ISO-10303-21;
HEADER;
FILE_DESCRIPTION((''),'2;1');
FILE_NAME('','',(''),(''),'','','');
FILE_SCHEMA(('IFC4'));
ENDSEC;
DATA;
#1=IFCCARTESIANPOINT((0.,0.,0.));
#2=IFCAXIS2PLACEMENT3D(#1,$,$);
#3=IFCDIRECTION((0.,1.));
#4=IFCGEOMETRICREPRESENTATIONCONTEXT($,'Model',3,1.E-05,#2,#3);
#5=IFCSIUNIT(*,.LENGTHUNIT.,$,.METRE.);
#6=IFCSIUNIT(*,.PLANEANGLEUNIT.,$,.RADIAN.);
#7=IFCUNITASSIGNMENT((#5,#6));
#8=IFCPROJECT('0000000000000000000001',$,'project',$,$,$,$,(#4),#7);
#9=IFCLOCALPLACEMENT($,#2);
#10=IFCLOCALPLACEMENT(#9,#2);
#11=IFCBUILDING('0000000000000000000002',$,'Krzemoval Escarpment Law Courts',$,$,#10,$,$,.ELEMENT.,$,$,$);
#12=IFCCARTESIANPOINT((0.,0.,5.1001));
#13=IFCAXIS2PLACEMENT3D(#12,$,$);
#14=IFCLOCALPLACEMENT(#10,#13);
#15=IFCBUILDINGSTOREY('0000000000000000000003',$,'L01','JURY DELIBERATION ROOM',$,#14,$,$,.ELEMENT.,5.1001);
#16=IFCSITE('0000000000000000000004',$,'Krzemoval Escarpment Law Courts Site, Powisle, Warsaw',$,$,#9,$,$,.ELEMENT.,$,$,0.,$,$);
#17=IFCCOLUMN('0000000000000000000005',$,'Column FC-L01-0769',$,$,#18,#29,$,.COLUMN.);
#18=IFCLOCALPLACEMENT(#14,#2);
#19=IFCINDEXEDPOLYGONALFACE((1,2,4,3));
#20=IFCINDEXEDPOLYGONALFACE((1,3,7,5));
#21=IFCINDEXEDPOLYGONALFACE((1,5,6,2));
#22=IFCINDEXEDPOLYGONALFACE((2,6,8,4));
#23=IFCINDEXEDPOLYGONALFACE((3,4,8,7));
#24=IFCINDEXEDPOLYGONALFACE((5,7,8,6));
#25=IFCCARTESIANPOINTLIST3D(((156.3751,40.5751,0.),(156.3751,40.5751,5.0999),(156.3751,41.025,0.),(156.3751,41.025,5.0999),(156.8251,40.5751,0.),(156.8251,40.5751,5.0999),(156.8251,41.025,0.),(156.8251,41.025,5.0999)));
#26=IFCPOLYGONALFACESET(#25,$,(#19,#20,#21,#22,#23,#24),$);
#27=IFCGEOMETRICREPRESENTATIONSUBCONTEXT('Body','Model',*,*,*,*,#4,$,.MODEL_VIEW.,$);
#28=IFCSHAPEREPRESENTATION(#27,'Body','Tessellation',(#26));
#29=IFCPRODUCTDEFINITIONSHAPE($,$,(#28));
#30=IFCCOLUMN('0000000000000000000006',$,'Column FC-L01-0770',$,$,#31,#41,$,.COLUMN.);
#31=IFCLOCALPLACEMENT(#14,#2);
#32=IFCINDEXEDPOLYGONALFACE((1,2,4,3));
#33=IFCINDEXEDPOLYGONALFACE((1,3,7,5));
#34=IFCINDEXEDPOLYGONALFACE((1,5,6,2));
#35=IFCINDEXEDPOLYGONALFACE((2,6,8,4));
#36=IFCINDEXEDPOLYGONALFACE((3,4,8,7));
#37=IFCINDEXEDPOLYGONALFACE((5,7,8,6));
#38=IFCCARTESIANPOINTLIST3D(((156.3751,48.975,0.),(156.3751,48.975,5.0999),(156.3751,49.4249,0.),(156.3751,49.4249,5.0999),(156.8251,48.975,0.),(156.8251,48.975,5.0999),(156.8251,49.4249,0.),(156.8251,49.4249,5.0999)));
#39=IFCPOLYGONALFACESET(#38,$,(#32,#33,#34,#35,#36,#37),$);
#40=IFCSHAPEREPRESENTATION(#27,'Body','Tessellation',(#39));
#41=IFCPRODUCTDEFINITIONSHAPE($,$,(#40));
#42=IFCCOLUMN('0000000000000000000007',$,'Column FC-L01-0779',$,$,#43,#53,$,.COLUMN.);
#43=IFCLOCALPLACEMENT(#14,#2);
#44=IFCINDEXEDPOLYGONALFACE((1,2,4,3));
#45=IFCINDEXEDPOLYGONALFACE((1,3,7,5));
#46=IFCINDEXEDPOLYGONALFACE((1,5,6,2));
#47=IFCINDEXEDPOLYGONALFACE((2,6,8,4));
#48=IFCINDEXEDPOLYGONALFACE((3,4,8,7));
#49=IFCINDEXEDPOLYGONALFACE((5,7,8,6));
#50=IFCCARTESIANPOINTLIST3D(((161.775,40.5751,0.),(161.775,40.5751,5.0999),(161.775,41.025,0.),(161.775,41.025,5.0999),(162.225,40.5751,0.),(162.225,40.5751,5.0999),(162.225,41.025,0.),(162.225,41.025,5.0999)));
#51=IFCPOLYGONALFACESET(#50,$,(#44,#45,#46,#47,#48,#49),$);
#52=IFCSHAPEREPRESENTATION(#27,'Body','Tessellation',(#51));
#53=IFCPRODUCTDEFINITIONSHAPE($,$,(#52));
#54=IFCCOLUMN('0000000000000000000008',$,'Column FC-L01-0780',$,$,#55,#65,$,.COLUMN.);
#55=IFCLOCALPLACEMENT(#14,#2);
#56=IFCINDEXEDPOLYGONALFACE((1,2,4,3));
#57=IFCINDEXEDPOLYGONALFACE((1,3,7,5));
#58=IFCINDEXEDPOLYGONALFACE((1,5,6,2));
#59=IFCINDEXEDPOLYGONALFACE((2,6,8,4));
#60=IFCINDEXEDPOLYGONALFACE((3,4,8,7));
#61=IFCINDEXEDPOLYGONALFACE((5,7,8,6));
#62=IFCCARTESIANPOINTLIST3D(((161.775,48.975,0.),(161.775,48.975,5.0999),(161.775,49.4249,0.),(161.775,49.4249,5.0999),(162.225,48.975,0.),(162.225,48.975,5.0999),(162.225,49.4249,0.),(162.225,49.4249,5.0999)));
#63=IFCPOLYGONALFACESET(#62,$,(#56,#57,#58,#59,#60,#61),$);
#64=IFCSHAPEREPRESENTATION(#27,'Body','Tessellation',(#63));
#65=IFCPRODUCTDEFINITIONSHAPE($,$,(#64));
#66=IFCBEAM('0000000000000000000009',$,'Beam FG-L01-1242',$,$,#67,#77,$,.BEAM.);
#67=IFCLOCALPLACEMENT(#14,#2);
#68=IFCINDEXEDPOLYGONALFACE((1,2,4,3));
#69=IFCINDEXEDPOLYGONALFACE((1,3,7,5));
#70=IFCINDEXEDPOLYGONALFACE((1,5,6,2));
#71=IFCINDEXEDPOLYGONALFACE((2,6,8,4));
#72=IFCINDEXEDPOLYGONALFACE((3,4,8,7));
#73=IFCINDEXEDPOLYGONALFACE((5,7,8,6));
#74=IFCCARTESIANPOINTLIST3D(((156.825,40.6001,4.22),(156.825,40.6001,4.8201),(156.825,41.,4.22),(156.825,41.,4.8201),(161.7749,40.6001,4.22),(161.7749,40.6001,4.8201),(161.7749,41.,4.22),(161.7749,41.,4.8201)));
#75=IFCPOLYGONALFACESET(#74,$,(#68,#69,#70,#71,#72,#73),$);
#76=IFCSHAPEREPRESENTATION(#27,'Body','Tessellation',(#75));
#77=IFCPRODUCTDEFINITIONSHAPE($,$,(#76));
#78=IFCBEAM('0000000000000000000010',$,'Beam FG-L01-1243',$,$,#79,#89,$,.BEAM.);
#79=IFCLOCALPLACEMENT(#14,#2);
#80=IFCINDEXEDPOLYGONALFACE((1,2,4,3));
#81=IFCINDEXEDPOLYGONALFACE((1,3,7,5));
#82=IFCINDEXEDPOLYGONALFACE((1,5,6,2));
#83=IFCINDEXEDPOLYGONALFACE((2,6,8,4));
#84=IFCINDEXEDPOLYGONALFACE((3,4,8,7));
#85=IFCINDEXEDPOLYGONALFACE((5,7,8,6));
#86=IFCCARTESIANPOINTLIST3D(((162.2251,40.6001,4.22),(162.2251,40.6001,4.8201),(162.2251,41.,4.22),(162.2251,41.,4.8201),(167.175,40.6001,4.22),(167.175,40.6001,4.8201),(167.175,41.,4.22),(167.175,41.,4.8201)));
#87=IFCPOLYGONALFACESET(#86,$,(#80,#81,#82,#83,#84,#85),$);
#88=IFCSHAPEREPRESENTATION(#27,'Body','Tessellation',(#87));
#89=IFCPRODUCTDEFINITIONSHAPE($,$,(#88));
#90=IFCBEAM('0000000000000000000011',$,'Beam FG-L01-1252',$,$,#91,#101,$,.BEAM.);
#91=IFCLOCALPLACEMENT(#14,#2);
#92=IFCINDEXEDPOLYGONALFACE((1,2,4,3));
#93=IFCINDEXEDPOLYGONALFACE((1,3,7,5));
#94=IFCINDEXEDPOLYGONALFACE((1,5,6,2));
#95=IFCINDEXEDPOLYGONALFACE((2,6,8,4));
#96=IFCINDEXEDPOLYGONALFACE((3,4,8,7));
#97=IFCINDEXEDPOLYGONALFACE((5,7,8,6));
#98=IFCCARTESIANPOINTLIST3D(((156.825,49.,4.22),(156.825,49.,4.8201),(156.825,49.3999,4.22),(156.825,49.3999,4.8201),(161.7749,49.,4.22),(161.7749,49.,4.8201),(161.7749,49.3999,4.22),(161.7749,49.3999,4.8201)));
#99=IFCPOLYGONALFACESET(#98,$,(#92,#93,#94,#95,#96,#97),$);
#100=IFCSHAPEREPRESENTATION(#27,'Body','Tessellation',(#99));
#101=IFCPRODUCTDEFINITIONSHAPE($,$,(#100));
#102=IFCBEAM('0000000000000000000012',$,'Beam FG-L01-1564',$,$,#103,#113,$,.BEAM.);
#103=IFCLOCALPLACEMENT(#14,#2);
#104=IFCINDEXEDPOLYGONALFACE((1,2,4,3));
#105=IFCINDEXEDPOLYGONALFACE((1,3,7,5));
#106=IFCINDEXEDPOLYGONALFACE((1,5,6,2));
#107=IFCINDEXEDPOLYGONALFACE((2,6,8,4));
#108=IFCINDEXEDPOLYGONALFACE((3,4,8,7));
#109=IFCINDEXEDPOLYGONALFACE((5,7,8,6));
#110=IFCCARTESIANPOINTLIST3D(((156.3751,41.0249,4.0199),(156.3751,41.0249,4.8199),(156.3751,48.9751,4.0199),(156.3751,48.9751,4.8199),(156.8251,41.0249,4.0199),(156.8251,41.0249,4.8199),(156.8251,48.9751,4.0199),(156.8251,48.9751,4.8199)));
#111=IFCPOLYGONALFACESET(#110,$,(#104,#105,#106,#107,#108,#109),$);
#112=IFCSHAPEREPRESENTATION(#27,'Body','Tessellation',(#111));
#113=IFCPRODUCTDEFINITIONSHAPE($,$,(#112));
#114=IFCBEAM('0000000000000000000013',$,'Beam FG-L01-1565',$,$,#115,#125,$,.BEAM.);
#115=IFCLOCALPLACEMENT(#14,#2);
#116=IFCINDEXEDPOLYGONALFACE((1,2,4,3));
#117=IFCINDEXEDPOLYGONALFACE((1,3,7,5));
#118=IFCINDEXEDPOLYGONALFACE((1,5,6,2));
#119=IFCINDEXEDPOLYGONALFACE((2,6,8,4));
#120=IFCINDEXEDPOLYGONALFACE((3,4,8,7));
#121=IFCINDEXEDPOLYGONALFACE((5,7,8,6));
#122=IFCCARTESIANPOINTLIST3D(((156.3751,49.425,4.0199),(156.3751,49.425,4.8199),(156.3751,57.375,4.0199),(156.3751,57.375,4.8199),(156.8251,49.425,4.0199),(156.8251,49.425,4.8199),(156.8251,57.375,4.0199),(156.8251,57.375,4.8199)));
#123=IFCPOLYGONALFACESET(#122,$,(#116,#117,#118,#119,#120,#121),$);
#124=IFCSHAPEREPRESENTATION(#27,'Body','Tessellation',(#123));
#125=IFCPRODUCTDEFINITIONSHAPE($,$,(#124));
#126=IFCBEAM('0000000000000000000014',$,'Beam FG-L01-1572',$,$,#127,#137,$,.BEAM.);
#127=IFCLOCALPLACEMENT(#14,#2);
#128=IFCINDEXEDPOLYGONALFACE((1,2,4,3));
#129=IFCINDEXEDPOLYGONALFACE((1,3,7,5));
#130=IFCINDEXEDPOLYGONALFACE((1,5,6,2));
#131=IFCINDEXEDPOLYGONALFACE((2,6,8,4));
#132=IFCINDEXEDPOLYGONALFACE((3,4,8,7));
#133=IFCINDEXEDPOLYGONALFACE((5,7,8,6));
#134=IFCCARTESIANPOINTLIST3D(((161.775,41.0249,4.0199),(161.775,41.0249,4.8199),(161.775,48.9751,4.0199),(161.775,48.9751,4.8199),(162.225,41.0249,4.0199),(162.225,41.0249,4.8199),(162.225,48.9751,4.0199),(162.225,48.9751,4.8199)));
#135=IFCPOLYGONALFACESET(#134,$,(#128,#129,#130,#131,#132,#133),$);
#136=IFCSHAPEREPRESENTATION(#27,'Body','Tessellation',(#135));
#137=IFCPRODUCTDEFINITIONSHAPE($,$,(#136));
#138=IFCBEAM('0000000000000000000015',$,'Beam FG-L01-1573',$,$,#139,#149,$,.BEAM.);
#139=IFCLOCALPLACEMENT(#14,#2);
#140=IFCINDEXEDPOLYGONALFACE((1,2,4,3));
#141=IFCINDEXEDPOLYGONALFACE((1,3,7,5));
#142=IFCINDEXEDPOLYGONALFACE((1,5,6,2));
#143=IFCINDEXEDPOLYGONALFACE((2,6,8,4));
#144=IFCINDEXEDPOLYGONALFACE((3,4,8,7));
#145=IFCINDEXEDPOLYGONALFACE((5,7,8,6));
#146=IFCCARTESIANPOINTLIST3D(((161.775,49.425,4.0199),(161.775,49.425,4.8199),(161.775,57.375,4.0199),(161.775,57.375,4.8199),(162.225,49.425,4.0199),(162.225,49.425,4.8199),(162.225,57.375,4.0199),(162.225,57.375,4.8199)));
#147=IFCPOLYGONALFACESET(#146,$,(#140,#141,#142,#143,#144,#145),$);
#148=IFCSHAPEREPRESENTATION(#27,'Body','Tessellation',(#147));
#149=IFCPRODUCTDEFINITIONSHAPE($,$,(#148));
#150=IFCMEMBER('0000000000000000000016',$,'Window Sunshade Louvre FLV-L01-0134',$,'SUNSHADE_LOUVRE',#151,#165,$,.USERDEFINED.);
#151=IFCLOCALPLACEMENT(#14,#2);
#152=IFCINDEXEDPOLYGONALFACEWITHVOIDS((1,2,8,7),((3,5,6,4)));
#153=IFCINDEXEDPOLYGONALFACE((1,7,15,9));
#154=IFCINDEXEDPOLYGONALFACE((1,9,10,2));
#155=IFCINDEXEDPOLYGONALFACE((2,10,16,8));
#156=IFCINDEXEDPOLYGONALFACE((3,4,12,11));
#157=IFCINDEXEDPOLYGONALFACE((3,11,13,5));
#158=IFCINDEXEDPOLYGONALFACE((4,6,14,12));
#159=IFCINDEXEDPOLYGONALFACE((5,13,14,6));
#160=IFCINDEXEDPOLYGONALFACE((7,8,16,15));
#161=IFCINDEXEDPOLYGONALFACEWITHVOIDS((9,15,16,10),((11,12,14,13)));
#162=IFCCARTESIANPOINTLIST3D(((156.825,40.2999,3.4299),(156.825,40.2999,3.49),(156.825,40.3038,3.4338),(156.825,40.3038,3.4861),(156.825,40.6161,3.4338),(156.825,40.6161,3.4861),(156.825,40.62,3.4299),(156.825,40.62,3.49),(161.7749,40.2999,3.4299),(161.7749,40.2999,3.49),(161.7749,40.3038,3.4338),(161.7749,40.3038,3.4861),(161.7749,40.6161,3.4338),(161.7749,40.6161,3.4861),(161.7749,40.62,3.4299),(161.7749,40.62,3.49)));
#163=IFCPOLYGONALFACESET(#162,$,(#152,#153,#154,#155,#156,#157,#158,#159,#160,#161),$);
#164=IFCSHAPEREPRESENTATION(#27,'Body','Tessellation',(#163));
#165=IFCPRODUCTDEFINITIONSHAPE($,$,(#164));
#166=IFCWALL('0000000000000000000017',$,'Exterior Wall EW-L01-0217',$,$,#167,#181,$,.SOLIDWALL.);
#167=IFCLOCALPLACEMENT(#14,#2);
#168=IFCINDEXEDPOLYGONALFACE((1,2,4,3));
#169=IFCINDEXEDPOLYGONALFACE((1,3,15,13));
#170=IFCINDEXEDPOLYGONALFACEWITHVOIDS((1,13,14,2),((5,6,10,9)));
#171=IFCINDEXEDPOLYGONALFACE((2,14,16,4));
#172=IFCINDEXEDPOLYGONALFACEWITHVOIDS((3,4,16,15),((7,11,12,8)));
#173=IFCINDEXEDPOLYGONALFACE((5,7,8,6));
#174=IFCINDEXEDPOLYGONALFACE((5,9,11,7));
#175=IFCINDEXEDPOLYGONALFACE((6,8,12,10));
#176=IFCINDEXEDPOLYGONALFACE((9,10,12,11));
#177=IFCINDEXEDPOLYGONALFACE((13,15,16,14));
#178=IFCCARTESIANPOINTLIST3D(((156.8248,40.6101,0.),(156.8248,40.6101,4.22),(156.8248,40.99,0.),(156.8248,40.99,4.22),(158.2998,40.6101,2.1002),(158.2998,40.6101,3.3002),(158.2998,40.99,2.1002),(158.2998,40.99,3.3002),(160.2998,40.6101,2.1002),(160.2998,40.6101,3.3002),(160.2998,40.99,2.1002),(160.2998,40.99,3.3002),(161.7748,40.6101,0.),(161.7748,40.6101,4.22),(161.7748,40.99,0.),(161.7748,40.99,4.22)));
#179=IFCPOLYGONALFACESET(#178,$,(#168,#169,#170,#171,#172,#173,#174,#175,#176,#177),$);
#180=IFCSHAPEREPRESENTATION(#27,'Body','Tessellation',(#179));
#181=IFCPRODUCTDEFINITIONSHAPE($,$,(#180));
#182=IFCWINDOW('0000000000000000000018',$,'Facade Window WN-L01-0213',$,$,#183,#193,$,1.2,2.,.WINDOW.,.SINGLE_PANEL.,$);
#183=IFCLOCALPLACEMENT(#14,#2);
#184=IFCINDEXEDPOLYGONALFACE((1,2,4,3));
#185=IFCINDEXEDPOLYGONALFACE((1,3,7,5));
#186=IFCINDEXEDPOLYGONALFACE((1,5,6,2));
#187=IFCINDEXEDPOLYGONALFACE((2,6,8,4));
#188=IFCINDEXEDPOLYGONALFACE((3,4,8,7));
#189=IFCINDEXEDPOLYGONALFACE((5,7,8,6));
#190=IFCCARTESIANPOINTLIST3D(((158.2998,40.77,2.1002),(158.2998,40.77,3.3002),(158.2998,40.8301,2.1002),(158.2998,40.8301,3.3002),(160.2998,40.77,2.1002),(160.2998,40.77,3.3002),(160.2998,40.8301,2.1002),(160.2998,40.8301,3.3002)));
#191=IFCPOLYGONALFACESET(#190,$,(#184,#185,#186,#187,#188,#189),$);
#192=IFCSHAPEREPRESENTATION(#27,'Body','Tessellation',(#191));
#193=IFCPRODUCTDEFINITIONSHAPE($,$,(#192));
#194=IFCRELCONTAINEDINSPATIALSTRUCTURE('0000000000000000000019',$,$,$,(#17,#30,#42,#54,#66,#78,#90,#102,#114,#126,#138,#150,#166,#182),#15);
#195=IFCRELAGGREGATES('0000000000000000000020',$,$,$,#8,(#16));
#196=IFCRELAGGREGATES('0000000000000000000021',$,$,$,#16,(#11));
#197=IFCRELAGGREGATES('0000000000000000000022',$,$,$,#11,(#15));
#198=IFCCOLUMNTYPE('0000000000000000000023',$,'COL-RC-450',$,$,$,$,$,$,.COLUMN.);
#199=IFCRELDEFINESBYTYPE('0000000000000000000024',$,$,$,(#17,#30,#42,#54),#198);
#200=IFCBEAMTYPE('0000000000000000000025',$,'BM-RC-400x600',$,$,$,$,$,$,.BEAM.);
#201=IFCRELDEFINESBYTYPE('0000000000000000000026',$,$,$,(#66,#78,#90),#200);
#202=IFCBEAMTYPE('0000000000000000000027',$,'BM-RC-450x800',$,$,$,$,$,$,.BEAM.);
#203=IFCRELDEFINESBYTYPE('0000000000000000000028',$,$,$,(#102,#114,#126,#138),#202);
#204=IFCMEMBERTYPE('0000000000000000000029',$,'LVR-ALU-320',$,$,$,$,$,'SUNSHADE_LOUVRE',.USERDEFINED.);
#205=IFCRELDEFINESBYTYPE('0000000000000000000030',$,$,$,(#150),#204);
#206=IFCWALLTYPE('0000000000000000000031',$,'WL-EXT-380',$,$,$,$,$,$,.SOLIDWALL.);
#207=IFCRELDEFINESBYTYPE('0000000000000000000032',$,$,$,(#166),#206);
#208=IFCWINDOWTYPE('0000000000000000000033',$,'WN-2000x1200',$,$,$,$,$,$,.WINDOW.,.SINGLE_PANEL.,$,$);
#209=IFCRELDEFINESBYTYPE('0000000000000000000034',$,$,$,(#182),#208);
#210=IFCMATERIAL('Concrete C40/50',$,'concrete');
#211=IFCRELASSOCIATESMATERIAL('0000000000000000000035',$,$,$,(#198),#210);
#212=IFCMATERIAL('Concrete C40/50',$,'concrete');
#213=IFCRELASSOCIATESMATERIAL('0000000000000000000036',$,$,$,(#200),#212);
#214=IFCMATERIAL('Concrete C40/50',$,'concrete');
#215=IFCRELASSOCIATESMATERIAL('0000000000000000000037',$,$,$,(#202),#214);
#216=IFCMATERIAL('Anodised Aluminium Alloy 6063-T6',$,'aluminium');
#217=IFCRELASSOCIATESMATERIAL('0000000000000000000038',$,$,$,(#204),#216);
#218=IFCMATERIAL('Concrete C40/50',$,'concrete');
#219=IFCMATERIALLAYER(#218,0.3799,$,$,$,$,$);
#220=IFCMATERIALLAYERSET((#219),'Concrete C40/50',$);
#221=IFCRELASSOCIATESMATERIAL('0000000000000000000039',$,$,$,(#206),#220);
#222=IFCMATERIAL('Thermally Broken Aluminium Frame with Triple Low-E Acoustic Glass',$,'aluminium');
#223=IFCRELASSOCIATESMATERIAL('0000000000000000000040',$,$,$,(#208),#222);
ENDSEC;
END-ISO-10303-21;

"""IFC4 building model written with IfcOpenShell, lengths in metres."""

from ifc_helpers import new_model, si_unit, direction, frame, frame_2d, origin, origin_2d, place, context, subcontext, project, spatial, rectangle, hollow_rectangle, extrude, material, layer, layer_set, material_profile, profile_set, type_object, element, fill, save


model = new_model("IFC4")

# Units and contexts
model_context = context("Model", 3, precision=1e-05, world=origin(), true_north=direction((0.0, 1.0)))
body_context = subcontext(model_context, "Body", "Model", "MODEL_VIEW")
ifc_project = project(units=[si_unit("LENGTHUNIT", "METRE"), si_unit("PLANEANGLEUNIT", "RADIAN")], contexts=[model_context])

# Site, building, storey
site_placement = place(None, origin())
site = spatial("IfcSite", under=ifc_project, at=site_placement, Name="Krzemoval Escarpment Law Courts Site, Powisle, Warsaw", CompositionType="ELEMENT", RefElevation=0.0)
building_placement = place(site_placement, origin())
building = spatial("IfcBuilding", under=site, at=building_placement, Name="Krzemoval Escarpment Law Courts", CompositionType="ELEMENT")
storey_placement = place(building_placement, frame((0.0, 0.0, 5.1001)))
storey = spatial("IfcBuildingStorey", under=building, at=storey_placement, Name="L01", Description="JURY DELIBERATION ROOM", CompositionType="ELEMENT", Elevation=5.1001)

# Columns
ifc_material_1 = material(Name="Concrete C40/50", Category="concrete")
ifc_material_profile_1 = material_profile(ifc_material_1, rectangle(XDim=0.45, YDim=0.45, at=origin_2d()), Name="RC 450x450")
ifc_profile_set_1 = profile_set([ifc_material_profile_1], Name="Concrete C40/50")
column_type = type_object("IfcColumnType", Name="COL-RC-450", PredefinedType="COLUMN", material=ifc_profile_set_1)
for number, where, z_axis, x_axis, name in (
    (1, (156.6001, 40.8, 0.0), (0.0, 0.0, 1.0), (1.0, 0.0, 0.0), "Column FC-L01-0769"),
    (2, (156.6001, 49.2, 0.0), (0.0, 0.0, 1.0), (1.0, 0.0, 0.0), "Column FC-L01-0770"),
    (3, (162.0, 40.8, 0.0), (0.0, 0.0, 1.0), (1.0, 0.0, 0.0), "Column FC-L01-0779"),
    (4, (162.0, 49.2, 0.0), (0.0, 0.0, 1.0), (1.0, 0.0, 0.0), "Column FC-L01-0780"),
):
    element("IfcColumn", number, at=place(storey_placement, frame(where, z_axis=z_axis, x_axis=x_axis)), inside=storey, type_object=column_type, Name=name, PredefinedType="COLUMN", context=body_context, shape_type="SweptSolid", body=[
        extrude(rectangle(XDim=0.45, YDim=0.45, at=origin_2d()), origin(), (0.0, 0.0, 1.0), 5.0999),
    ])

# Beams
ifc_material_2 = material(Name="Concrete C40/50", Category="concrete")
ifc_material_profile_2 = material_profile(ifc_material_2, rectangle(XDim=0.3999, YDim=0.6001, at=origin_2d()), Name="RCB 400x600")
ifc_profile_set_2 = profile_set([ifc_material_profile_2], Name="Concrete C40/50")
beam_type_1 = type_object("IfcBeamType", Name="BM-RC-400x600", PredefinedType="BEAM", material=ifc_profile_set_2)
for number, where, z_axis, x_axis, name in (
    (5, (156.825, 40.8, 4.52), (1.0, 0.0, 0.0), (0.0, 1.0, 0.0), "Beam FG-L01-1242"),
    (6, (162.2251, 40.8, 4.52), (1.0, 0.0, 0.0), (0.0, 1.0, 0.0), "Beam FG-L01-1243"),
    (7, (156.825, 49.2, 4.52), (1.0, 0.0, 0.0), (0.0, 1.0, 0.0), "Beam FG-L01-1252"),
):
    element("IfcBeam", number, at=place(storey_placement, frame(where, z_axis=z_axis, x_axis=x_axis)), inside=storey, type_object=beam_type_1, Name=name, PredefinedType="BEAM", context=body_context, shape_type="SweptSolid", body=[
        extrude(rectangle(XDim=0.3999, YDim=0.6001, at=origin_2d()), origin(), (0.0, 0.0, 1.0), 4.95),
    ])
ifc_material_3 = material(Name="Concrete C40/50", Category="concrete")
ifc_material_profile_3 = material_profile(ifc_material_3, rectangle(XDim=0.45, YDim=0.8, at=origin_2d()), Name="RCB 450x800")
ifc_profile_set_3 = profile_set([ifc_material_profile_3], Name="Concrete C40/50")
beam_type_2 = type_object("IfcBeamType", Name="BM-RC-450x800", PredefinedType="BEAM", material=ifc_profile_set_3)
beam_1_placement = place(storey_placement, frame((156.6001, 41.0249, 4.4199), z_axis=(0.0, 1.0, 0.0), x_axis=(-1.0, 0.0, 0.0)))
element("IfcBeam", 8, at=beam_1_placement, inside=storey, type_object=beam_type_2, Name="Beam FG-L01-1564", PredefinedType="BEAM", context=body_context, shape_type="SweptSolid", body=[
    extrude(rectangle(XDim=0.45, YDim=0.8, at=origin_2d()), origin(), (0.0, 0.0, 1.0), 7.9502),
])
beam_2_placement = place(storey_placement, frame((156.6001, 49.425, 4.4199), z_axis=(0.0, 1.0, 0.0), x_axis=(-1.0, 0.0, 0.0)))
element("IfcBeam", 9, at=beam_2_placement, inside=storey, type_object=beam_type_2, Name="Beam FG-L01-1565", PredefinedType="BEAM", context=body_context, shape_type="SweptSolid", body=[
    extrude(rectangle(XDim=0.45, YDim=0.8, at=origin_2d()), origin(), (0.0, 0.0, 1.0), 7.95),
])
beam_3_placement = place(storey_placement, frame((162.0, 41.0249, 4.4199), z_axis=(0.0, 1.0, 0.0), x_axis=(-1.0, 0.0, 0.0)))
element("IfcBeam", 10, at=beam_3_placement, inside=storey, type_object=beam_type_2, Name="Beam FG-L01-1572", PredefinedType="BEAM", context=body_context, shape_type="SweptSolid", body=[
    extrude(rectangle(XDim=0.45, YDim=0.8, at=origin_2d()), origin(), (0.0, 0.0, 1.0), 7.9502),
])
beam_4_placement = place(storey_placement, frame((162.0, 49.425, 4.4199), z_axis=(0.0, 1.0, 0.0), x_axis=(-1.0, 0.0, 0.0)))
element("IfcBeam", 11, at=beam_4_placement, inside=storey, type_object=beam_type_2, Name="Beam FG-L01-1573", PredefinedType="BEAM", context=body_context, shape_type="SweptSolid", body=[
    extrude(rectangle(XDim=0.45, YDim=0.8, at=origin_2d()), origin(), (0.0, 0.0, 1.0), 7.95),
])

# Member
ifc_material_4 = material(Name="Anodised Aluminium Alloy 6063-T6", Category="aluminium")
ifc_material_profile_4 = material_profile(ifc_material_4, hollow_rectangle(XDim=0.0601, YDim=0.3201, WallThickness=0.0039, at=origin_2d()), Name="ALU LVR 60x320")
ifc_profile_set_4 = profile_set([ifc_material_profile_4], Name="Anodised Aluminium Alloy 6063-T6")
member_type = type_object("IfcMemberType", Name="LVR-ALU-320", ElementType="SUNSHADE_LOUVRE", PredefinedType="USERDEFINED", material=ifc_profile_set_4)
member_placement = place(storey_placement, frame((161.7749, 40.46, 3.46), z_axis=(-1.0, 0.0, 0.0), x_axis=(0.0, 0.0, 1.0)))
element("IfcMember", 12, at=member_placement, inside=storey, type_object=member_type, Name="Window Sunshade Louvre FLV-L01-0134", ObjectType="SUNSHADE_LOUVRE", PredefinedType="USERDEFINED", context=body_context, shape_type="SweptSolid", body=[
    extrude(hollow_rectangle(XDim=0.0601, YDim=0.3201, WallThickness=0.0039, at=origin_2d()), origin(), (0.0, 0.0, 1.0), 4.95),
])

# Wall, opening, window
ifc_material_5 = material(Name="Concrete C40/50", Category="concrete")
ifc_layer_1 = layer(ifc_material_5, 0.3799)
ifc_layer_set_1 = layer_set([ifc_layer_1], Name="Concrete C40/50")
wall_type_1 = type_object("IfcWallType", Name="WL-EXT-380", PredefinedType="SOLIDWALL", material=ifc_layer_set_1)
wall_1_placement = place(storey_placement, frame((161.7749, 40.8, 0.0), z_axis=(0.0, 0.0, 1.0), x_axis=(-1.0, 0.0, 0.0)))
wall_1 = element("IfcWall", 13, at=wall_1_placement, inside=storey, type_object=wall_type_1, Name="Exterior Wall EW-L01-0217", PredefinedType="SOLIDWALL", context=body_context, shape_type="SweptSolid", body=[
    extrude(rectangle(XDim=4.95, YDim=0.3799, at=frame_2d((2.4751, 0.0))), origin(), (0.0, 0.0, 1.0), 4.22),
])
opening_1_placement = place(wall_1_placement, frame((1.4751, 0.0, 2.1001)))
opening_1 = element("IfcOpeningElement", 14, at=opening_1_placement, cuts=wall_1, PredefinedType="OPENING", context=body_context, shape_type="SweptSolid", body=[
    extrude(rectangle(XDim=2.0, YDim=1.2, at=frame_2d((1.0, 0.6001))), frame((0.0, 0.2049, 0.0), z_axis=(0.0, -1.0, 0.0), x_axis=(1.0, 0.0, 0.0)), (0.0, 0.0, 1.0), 0.4099),
])
ifc_material_6 = material(Name="Thermally Broken Aluminium Frame with Triple Low-E Acoustic Glass", Category="aluminium")
window_type = type_object("IfcWindowType", Name="WN-2000x1200", PartitioningType="SINGLE_PANEL", PredefinedType="WINDOW", material=ifc_material_6)
window_placement = place(opening_1_placement, origin())
window = element("IfcWindow", 15, at=window_placement, inside=storey, type_object=window_type, Name="Facade Window WN-L01-0213", OverallHeight=1.2, OverallWidth=2.0, PartitioningType="SINGLE_PANEL", PredefinedType="WINDOW", context=body_context, shape_type="SweptSolid", body=[
    extrude(rectangle(XDim=2.0, YDim=1.2, at=frame_2d((1.0, 0.6001))), frame((0.0, 0.03, 0.0), z_axis=(0.0, -1.0, 0.0), x_axis=(1.0, 0.0, 0.0)), (0.0, 0.0, 1.0), 0.0601),
])
fill(opening_1, window)

save(model, "model.ifc")
